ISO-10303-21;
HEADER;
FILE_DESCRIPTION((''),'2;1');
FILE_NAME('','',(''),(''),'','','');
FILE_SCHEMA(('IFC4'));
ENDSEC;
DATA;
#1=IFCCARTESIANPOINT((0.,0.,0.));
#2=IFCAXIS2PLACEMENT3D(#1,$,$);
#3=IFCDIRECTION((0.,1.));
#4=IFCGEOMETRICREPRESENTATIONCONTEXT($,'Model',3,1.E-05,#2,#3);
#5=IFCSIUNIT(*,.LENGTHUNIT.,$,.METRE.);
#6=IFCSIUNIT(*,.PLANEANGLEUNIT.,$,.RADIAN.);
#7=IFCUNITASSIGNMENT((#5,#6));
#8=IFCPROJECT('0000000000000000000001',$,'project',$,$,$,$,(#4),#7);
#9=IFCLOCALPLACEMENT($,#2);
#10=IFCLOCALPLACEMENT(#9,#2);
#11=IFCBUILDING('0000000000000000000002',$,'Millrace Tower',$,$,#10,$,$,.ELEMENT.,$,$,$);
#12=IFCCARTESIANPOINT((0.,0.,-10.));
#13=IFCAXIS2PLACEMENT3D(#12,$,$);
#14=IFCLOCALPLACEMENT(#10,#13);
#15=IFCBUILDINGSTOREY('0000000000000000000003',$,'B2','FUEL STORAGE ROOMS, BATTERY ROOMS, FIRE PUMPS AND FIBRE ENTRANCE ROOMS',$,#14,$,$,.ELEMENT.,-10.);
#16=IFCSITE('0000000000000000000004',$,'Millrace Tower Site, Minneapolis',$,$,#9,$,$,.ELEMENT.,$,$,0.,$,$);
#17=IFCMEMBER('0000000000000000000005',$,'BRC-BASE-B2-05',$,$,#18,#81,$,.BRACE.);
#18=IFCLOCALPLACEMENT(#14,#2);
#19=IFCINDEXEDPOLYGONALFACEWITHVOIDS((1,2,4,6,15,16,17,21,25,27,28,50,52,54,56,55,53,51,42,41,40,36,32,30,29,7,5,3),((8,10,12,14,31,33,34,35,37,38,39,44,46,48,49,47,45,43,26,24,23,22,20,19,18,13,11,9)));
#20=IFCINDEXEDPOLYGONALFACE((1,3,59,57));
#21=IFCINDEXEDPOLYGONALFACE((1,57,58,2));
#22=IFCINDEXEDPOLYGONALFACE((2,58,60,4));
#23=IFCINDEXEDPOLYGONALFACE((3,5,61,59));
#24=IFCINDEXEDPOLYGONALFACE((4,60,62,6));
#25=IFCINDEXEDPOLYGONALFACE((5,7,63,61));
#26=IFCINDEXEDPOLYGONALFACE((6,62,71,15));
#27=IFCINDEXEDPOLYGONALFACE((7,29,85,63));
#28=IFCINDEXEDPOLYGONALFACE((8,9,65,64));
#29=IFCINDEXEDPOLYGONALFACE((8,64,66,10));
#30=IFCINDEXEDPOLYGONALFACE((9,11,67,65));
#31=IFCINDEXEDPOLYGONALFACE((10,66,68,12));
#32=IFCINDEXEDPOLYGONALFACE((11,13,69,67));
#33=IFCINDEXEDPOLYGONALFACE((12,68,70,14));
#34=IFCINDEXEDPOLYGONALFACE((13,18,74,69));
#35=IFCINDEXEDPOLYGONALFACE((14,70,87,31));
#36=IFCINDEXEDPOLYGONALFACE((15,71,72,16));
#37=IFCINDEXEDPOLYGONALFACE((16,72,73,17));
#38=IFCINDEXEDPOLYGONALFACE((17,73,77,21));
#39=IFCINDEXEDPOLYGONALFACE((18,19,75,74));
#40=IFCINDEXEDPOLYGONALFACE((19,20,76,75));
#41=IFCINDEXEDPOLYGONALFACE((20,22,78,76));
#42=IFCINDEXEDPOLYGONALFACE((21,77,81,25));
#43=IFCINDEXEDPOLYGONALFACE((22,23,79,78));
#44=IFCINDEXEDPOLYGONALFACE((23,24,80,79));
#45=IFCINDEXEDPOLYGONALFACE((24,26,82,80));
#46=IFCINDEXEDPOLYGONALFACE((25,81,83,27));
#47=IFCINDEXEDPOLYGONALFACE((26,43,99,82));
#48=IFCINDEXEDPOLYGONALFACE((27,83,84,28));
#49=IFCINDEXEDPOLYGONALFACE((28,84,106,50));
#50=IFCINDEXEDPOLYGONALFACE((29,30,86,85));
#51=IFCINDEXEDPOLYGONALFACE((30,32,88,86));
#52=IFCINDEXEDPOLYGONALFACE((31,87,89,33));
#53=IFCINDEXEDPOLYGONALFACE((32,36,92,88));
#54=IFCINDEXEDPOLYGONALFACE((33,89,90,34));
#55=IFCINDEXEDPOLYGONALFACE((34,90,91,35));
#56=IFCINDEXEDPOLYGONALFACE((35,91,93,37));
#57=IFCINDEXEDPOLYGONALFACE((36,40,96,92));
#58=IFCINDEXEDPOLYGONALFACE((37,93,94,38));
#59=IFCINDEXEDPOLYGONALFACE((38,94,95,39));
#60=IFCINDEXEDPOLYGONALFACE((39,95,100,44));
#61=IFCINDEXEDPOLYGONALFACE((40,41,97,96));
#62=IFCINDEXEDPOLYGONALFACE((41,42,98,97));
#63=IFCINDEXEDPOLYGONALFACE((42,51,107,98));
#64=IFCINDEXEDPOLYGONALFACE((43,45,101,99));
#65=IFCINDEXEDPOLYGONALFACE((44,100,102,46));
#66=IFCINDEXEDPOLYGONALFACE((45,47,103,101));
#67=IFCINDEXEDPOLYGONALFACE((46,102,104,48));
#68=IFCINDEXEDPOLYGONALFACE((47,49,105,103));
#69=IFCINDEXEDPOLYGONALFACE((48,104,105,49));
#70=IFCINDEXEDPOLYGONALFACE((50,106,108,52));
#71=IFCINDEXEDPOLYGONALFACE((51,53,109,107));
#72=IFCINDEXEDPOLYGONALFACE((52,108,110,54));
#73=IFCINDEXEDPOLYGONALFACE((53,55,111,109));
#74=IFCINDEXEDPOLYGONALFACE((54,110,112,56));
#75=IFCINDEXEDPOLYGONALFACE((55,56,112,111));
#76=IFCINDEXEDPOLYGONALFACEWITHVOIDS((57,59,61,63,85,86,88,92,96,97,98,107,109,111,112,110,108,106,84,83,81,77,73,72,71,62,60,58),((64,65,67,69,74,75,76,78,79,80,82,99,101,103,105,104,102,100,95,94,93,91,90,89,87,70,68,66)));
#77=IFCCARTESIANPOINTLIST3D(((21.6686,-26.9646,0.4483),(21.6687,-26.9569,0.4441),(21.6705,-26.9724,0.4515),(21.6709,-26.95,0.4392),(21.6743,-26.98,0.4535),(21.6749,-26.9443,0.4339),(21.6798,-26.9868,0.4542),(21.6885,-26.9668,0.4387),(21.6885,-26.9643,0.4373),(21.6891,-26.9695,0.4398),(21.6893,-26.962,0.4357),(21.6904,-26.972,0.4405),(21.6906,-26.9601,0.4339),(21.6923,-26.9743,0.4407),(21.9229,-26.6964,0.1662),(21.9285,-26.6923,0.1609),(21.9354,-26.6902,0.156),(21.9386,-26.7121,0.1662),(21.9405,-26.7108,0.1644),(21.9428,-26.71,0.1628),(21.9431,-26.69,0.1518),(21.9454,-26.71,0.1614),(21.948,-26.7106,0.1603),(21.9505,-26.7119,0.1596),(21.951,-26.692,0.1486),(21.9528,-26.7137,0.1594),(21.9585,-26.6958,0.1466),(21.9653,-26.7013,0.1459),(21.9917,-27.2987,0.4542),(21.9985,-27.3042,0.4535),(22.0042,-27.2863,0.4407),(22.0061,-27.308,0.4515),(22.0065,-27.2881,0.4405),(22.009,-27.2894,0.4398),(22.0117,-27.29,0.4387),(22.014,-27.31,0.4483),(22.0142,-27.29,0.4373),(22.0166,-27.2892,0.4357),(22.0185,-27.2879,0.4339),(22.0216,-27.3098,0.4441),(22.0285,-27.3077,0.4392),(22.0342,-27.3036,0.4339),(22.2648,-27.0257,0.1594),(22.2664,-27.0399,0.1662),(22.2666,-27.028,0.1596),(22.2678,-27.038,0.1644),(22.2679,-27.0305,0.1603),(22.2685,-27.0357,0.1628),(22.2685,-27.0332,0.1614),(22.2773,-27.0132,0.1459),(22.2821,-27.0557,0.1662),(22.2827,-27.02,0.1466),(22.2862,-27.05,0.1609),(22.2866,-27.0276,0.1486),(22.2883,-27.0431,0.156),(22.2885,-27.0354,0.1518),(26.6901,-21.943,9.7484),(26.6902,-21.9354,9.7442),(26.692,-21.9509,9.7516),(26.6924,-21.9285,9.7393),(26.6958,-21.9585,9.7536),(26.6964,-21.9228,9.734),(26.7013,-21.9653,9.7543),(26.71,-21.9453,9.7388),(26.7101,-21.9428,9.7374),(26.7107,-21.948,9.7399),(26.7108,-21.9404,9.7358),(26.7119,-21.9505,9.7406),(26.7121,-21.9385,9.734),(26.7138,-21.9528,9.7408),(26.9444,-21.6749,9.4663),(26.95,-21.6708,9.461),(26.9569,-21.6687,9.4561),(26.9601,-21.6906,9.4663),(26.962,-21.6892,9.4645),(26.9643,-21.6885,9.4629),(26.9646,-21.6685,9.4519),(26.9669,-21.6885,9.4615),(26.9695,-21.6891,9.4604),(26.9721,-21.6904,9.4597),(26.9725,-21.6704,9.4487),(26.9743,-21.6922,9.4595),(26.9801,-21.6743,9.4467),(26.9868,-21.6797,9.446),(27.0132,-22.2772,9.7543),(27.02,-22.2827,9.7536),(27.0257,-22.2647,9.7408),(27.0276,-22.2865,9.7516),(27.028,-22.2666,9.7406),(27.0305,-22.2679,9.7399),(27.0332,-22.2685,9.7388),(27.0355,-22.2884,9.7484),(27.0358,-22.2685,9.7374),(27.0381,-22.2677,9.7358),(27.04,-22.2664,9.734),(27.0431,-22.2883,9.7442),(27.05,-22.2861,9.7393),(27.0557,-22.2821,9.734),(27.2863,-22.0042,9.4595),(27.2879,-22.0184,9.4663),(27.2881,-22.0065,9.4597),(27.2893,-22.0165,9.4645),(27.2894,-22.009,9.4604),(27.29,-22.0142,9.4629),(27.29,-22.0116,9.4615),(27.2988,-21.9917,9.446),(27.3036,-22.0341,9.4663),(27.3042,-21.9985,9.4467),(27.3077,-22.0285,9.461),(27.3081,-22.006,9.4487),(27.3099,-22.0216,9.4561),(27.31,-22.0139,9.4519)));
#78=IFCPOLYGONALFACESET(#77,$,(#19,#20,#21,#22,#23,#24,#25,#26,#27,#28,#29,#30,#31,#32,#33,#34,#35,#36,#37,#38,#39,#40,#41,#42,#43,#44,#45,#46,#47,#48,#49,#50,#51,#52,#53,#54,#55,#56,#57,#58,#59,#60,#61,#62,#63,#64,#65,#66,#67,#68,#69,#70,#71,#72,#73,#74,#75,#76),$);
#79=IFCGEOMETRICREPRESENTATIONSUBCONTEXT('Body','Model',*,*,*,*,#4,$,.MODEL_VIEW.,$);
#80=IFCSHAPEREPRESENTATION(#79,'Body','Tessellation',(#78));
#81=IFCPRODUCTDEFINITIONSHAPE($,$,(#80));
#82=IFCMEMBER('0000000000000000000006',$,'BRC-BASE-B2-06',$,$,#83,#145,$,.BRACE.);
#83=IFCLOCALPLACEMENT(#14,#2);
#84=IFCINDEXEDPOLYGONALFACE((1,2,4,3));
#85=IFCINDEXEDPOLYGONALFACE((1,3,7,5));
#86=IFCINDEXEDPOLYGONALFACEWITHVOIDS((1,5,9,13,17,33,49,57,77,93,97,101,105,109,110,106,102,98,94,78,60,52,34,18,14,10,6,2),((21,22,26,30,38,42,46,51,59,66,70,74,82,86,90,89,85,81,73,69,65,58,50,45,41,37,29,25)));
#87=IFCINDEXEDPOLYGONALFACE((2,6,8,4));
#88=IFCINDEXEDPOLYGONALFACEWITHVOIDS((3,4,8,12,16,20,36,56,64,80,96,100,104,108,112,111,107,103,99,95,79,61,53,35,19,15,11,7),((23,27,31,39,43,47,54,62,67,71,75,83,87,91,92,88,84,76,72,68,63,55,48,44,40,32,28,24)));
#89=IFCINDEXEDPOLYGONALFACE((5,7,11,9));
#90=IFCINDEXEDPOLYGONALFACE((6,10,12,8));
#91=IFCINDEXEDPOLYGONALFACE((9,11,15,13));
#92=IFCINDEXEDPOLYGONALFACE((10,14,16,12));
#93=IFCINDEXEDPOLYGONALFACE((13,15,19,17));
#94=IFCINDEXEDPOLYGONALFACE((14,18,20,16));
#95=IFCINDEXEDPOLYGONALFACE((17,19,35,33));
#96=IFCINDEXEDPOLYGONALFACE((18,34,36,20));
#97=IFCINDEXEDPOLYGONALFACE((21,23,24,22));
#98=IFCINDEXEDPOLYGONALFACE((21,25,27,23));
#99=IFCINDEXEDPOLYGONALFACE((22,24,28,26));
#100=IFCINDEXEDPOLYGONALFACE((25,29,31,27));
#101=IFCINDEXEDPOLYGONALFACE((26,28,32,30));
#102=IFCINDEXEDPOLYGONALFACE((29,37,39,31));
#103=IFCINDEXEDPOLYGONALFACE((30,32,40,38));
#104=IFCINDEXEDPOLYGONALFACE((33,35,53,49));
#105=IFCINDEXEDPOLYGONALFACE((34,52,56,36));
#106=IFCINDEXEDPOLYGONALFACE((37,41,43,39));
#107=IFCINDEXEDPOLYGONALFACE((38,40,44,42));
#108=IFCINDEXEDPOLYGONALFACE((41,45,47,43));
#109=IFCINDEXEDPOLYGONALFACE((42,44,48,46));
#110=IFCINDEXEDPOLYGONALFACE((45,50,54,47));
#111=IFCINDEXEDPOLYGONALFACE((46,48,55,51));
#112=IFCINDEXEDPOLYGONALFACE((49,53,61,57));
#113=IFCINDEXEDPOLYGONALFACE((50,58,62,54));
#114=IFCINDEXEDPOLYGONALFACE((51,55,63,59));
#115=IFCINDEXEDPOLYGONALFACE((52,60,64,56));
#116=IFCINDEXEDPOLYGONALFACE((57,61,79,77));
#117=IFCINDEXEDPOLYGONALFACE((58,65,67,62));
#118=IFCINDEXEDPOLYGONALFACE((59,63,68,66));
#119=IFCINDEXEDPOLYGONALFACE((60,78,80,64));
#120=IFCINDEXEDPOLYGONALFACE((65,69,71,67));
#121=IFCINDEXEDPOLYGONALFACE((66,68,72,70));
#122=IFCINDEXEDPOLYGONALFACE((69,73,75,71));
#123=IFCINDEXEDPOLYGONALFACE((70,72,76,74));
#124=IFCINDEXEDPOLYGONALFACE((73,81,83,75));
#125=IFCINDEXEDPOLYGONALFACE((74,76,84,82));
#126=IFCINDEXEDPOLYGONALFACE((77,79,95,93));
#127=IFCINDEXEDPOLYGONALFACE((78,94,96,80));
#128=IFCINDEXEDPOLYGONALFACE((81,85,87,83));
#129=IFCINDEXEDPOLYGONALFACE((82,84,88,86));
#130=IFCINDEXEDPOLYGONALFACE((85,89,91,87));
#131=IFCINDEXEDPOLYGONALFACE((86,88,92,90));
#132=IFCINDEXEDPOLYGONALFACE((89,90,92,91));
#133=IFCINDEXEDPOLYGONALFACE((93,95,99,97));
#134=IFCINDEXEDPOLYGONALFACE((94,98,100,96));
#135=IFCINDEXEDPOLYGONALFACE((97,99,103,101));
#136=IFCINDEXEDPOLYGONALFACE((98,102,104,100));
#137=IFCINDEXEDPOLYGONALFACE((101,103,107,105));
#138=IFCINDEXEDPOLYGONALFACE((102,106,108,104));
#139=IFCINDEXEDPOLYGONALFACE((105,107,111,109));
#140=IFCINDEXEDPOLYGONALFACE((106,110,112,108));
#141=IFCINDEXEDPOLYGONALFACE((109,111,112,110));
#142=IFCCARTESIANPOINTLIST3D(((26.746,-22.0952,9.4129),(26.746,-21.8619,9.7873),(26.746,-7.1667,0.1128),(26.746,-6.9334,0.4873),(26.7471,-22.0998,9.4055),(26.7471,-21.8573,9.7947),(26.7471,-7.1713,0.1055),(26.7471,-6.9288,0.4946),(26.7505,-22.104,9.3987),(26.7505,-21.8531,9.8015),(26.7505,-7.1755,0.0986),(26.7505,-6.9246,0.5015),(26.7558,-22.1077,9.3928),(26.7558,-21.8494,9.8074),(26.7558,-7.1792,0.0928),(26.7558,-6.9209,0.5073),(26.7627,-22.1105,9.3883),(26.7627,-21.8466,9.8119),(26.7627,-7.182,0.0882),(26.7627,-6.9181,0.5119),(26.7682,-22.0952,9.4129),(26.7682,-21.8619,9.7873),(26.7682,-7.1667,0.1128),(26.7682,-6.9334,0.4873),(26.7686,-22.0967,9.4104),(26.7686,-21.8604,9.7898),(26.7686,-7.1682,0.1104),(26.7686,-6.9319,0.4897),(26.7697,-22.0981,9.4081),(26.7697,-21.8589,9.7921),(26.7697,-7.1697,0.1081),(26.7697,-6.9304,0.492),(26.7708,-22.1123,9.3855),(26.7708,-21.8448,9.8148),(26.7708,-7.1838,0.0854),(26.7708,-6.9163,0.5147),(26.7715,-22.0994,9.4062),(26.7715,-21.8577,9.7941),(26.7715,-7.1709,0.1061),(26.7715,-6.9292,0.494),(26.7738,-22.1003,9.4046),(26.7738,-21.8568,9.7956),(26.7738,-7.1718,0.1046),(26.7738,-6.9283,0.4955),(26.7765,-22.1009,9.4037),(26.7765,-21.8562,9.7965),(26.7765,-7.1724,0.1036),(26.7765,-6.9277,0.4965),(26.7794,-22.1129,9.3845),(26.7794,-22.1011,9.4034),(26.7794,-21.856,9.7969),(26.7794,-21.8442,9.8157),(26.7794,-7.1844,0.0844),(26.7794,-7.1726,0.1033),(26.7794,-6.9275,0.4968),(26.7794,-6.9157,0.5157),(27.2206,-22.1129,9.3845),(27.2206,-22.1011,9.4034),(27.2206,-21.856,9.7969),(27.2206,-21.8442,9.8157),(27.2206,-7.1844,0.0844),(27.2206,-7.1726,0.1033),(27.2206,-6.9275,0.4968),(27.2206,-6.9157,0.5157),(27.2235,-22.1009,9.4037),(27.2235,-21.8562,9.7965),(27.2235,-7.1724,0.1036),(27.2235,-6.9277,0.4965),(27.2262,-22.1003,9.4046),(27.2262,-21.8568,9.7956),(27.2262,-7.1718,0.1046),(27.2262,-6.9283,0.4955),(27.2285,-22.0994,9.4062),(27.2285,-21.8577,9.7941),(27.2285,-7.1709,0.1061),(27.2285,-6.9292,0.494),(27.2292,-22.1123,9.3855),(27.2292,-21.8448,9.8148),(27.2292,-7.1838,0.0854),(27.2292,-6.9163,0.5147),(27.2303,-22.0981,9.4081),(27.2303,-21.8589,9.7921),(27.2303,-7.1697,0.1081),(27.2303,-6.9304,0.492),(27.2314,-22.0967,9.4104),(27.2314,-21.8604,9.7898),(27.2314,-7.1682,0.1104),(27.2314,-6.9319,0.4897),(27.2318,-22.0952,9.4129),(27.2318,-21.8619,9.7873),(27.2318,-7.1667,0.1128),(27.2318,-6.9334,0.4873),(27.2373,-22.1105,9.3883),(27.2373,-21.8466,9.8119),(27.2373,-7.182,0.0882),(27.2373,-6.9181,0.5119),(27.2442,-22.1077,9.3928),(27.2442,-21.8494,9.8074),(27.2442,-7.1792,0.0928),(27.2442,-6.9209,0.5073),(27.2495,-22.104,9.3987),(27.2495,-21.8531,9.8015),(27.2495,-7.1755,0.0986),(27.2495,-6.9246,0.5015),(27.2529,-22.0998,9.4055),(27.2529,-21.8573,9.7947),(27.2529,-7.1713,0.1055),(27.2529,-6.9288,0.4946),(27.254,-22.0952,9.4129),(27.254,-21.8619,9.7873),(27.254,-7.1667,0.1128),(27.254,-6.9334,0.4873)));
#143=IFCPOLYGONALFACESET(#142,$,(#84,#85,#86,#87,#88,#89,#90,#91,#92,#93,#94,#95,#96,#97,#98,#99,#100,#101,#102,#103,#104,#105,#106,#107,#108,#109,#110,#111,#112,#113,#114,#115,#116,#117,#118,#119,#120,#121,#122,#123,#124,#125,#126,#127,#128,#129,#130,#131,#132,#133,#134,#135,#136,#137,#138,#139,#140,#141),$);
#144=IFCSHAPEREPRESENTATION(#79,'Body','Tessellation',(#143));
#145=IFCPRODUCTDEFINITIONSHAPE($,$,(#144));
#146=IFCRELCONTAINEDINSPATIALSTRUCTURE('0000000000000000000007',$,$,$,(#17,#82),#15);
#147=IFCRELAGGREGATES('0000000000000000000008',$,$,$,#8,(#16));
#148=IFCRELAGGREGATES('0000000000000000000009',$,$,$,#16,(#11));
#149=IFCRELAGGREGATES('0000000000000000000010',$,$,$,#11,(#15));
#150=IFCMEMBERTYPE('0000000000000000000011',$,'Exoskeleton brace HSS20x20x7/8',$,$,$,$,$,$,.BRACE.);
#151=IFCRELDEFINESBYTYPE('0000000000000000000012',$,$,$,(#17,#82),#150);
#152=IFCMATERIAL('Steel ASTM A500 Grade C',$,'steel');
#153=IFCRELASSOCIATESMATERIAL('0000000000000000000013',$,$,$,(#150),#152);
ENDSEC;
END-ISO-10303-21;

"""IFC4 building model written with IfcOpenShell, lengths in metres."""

from ifc_helpers import new_model, si_unit, direction, frame, origin, origin_2d, place, context, subcontext, project, spatial, hollow_rectangle, extrude, material, material_profile, profile_set, type_object, element, save


model = new_model("IFC4")

# Units and contexts
model_context = context("Model", 3, precision=1e-05, world=origin(), true_north=direction((0.0, 1.0)))
body_context = subcontext(model_context, "Body", "Model", "MODEL_VIEW")
ifc_project = project(units=[si_unit("LENGTHUNIT", "METRE"), si_unit("PLANEANGLEUNIT", "RADIAN")], contexts=[model_context])

# Site, building, storey
site_placement = place(None, origin())
site = spatial("IfcSite", under=ifc_project, at=site_placement, Name="Millrace Tower Site, Minneapolis", CompositionType="ELEMENT", RefElevation=0.0)
building_placement = place(site_placement, origin())
building = spatial("IfcBuilding", under=site, at=building_placement, Name="Millrace Tower", CompositionType="ELEMENT")
storey_placement = place(building_placement, frame((0.0, 0.0, -10.0)))
storey = spatial("IfcBuildingStorey", under=building, at=storey_placement, Name="B2", Description="FUEL STORAGE ROOMS, BATTERY ROOMS, FIRE PUMPS AND FIBRE ENTRANCE ROOMS", CompositionType="ELEMENT", Elevation=-10.0)

# Members
ifc_material_1 = material(Name="Steel ASTM A500 Grade C", Category="steel")
ifc_material_profile_1 = material_profile(ifc_material_1, hollow_rectangle(XDim=0.5081, YDim=0.5081, WallThickness=0.0222, InnerFilletRadius=0.0112, OuterFilletRadius=0.0334, at=origin_2d()))
ifc_profile_set_1 = profile_set([ifc_material_profile_1], Name="Steel ASTM A500 Grade C")
member_type = type_object("IfcMemberType", Name="Exoskeleton brace HSS20x20x7/8", PredefinedType="BRACE", material=ifc_profile_set_1)
member_1_placement = place(storey_placement, frame((21.9785, -27.0, 0.3), z_axis=(0.429137, 0.429137, 0.794784), x_axis=(-0.707107, 0.707107, 0.0)))
element("IfcMember", 1, at=member_1_placement, inside=storey, type_object=member_type, Name="BRC-BASE-B2-05", PredefinedType="BRACE", context=body_context, shape_type="SweptSolid", body=[
    extrude(hollow_rectangle(XDim=0.5081, YDim=0.5081, WallThickness=0.0222, InnerFilletRadius=0.0112, OuterFilletRadius=0.0334, at=origin_2d()), origin(), (0.0, 0.0, 1.0), 11.7014),
])
member_2_placement = place(storey_placement, frame((27.0, -7.05, 0.3), z_axis=(0.0, -0.84877, 0.528762), x_axis=(1.0, 0.0, 0.0)))
element("IfcMember", 2, at=member_2_placement, inside=storey, type_object=member_type, Name="BRC-BASE-B2-06", PredefinedType="BRACE", context=body_context, shape_type="SweptSolid", body=[
    extrude(hollow_rectangle(XDim=0.5081, YDim=0.5081, WallThickness=0.0222, InnerFilletRadius=0.0112, OuterFilletRadius=0.0334, at=origin_2d()), origin(), (0.0, 0.0, 1.0), 17.5884),
])

save(model, "model.ifc")
